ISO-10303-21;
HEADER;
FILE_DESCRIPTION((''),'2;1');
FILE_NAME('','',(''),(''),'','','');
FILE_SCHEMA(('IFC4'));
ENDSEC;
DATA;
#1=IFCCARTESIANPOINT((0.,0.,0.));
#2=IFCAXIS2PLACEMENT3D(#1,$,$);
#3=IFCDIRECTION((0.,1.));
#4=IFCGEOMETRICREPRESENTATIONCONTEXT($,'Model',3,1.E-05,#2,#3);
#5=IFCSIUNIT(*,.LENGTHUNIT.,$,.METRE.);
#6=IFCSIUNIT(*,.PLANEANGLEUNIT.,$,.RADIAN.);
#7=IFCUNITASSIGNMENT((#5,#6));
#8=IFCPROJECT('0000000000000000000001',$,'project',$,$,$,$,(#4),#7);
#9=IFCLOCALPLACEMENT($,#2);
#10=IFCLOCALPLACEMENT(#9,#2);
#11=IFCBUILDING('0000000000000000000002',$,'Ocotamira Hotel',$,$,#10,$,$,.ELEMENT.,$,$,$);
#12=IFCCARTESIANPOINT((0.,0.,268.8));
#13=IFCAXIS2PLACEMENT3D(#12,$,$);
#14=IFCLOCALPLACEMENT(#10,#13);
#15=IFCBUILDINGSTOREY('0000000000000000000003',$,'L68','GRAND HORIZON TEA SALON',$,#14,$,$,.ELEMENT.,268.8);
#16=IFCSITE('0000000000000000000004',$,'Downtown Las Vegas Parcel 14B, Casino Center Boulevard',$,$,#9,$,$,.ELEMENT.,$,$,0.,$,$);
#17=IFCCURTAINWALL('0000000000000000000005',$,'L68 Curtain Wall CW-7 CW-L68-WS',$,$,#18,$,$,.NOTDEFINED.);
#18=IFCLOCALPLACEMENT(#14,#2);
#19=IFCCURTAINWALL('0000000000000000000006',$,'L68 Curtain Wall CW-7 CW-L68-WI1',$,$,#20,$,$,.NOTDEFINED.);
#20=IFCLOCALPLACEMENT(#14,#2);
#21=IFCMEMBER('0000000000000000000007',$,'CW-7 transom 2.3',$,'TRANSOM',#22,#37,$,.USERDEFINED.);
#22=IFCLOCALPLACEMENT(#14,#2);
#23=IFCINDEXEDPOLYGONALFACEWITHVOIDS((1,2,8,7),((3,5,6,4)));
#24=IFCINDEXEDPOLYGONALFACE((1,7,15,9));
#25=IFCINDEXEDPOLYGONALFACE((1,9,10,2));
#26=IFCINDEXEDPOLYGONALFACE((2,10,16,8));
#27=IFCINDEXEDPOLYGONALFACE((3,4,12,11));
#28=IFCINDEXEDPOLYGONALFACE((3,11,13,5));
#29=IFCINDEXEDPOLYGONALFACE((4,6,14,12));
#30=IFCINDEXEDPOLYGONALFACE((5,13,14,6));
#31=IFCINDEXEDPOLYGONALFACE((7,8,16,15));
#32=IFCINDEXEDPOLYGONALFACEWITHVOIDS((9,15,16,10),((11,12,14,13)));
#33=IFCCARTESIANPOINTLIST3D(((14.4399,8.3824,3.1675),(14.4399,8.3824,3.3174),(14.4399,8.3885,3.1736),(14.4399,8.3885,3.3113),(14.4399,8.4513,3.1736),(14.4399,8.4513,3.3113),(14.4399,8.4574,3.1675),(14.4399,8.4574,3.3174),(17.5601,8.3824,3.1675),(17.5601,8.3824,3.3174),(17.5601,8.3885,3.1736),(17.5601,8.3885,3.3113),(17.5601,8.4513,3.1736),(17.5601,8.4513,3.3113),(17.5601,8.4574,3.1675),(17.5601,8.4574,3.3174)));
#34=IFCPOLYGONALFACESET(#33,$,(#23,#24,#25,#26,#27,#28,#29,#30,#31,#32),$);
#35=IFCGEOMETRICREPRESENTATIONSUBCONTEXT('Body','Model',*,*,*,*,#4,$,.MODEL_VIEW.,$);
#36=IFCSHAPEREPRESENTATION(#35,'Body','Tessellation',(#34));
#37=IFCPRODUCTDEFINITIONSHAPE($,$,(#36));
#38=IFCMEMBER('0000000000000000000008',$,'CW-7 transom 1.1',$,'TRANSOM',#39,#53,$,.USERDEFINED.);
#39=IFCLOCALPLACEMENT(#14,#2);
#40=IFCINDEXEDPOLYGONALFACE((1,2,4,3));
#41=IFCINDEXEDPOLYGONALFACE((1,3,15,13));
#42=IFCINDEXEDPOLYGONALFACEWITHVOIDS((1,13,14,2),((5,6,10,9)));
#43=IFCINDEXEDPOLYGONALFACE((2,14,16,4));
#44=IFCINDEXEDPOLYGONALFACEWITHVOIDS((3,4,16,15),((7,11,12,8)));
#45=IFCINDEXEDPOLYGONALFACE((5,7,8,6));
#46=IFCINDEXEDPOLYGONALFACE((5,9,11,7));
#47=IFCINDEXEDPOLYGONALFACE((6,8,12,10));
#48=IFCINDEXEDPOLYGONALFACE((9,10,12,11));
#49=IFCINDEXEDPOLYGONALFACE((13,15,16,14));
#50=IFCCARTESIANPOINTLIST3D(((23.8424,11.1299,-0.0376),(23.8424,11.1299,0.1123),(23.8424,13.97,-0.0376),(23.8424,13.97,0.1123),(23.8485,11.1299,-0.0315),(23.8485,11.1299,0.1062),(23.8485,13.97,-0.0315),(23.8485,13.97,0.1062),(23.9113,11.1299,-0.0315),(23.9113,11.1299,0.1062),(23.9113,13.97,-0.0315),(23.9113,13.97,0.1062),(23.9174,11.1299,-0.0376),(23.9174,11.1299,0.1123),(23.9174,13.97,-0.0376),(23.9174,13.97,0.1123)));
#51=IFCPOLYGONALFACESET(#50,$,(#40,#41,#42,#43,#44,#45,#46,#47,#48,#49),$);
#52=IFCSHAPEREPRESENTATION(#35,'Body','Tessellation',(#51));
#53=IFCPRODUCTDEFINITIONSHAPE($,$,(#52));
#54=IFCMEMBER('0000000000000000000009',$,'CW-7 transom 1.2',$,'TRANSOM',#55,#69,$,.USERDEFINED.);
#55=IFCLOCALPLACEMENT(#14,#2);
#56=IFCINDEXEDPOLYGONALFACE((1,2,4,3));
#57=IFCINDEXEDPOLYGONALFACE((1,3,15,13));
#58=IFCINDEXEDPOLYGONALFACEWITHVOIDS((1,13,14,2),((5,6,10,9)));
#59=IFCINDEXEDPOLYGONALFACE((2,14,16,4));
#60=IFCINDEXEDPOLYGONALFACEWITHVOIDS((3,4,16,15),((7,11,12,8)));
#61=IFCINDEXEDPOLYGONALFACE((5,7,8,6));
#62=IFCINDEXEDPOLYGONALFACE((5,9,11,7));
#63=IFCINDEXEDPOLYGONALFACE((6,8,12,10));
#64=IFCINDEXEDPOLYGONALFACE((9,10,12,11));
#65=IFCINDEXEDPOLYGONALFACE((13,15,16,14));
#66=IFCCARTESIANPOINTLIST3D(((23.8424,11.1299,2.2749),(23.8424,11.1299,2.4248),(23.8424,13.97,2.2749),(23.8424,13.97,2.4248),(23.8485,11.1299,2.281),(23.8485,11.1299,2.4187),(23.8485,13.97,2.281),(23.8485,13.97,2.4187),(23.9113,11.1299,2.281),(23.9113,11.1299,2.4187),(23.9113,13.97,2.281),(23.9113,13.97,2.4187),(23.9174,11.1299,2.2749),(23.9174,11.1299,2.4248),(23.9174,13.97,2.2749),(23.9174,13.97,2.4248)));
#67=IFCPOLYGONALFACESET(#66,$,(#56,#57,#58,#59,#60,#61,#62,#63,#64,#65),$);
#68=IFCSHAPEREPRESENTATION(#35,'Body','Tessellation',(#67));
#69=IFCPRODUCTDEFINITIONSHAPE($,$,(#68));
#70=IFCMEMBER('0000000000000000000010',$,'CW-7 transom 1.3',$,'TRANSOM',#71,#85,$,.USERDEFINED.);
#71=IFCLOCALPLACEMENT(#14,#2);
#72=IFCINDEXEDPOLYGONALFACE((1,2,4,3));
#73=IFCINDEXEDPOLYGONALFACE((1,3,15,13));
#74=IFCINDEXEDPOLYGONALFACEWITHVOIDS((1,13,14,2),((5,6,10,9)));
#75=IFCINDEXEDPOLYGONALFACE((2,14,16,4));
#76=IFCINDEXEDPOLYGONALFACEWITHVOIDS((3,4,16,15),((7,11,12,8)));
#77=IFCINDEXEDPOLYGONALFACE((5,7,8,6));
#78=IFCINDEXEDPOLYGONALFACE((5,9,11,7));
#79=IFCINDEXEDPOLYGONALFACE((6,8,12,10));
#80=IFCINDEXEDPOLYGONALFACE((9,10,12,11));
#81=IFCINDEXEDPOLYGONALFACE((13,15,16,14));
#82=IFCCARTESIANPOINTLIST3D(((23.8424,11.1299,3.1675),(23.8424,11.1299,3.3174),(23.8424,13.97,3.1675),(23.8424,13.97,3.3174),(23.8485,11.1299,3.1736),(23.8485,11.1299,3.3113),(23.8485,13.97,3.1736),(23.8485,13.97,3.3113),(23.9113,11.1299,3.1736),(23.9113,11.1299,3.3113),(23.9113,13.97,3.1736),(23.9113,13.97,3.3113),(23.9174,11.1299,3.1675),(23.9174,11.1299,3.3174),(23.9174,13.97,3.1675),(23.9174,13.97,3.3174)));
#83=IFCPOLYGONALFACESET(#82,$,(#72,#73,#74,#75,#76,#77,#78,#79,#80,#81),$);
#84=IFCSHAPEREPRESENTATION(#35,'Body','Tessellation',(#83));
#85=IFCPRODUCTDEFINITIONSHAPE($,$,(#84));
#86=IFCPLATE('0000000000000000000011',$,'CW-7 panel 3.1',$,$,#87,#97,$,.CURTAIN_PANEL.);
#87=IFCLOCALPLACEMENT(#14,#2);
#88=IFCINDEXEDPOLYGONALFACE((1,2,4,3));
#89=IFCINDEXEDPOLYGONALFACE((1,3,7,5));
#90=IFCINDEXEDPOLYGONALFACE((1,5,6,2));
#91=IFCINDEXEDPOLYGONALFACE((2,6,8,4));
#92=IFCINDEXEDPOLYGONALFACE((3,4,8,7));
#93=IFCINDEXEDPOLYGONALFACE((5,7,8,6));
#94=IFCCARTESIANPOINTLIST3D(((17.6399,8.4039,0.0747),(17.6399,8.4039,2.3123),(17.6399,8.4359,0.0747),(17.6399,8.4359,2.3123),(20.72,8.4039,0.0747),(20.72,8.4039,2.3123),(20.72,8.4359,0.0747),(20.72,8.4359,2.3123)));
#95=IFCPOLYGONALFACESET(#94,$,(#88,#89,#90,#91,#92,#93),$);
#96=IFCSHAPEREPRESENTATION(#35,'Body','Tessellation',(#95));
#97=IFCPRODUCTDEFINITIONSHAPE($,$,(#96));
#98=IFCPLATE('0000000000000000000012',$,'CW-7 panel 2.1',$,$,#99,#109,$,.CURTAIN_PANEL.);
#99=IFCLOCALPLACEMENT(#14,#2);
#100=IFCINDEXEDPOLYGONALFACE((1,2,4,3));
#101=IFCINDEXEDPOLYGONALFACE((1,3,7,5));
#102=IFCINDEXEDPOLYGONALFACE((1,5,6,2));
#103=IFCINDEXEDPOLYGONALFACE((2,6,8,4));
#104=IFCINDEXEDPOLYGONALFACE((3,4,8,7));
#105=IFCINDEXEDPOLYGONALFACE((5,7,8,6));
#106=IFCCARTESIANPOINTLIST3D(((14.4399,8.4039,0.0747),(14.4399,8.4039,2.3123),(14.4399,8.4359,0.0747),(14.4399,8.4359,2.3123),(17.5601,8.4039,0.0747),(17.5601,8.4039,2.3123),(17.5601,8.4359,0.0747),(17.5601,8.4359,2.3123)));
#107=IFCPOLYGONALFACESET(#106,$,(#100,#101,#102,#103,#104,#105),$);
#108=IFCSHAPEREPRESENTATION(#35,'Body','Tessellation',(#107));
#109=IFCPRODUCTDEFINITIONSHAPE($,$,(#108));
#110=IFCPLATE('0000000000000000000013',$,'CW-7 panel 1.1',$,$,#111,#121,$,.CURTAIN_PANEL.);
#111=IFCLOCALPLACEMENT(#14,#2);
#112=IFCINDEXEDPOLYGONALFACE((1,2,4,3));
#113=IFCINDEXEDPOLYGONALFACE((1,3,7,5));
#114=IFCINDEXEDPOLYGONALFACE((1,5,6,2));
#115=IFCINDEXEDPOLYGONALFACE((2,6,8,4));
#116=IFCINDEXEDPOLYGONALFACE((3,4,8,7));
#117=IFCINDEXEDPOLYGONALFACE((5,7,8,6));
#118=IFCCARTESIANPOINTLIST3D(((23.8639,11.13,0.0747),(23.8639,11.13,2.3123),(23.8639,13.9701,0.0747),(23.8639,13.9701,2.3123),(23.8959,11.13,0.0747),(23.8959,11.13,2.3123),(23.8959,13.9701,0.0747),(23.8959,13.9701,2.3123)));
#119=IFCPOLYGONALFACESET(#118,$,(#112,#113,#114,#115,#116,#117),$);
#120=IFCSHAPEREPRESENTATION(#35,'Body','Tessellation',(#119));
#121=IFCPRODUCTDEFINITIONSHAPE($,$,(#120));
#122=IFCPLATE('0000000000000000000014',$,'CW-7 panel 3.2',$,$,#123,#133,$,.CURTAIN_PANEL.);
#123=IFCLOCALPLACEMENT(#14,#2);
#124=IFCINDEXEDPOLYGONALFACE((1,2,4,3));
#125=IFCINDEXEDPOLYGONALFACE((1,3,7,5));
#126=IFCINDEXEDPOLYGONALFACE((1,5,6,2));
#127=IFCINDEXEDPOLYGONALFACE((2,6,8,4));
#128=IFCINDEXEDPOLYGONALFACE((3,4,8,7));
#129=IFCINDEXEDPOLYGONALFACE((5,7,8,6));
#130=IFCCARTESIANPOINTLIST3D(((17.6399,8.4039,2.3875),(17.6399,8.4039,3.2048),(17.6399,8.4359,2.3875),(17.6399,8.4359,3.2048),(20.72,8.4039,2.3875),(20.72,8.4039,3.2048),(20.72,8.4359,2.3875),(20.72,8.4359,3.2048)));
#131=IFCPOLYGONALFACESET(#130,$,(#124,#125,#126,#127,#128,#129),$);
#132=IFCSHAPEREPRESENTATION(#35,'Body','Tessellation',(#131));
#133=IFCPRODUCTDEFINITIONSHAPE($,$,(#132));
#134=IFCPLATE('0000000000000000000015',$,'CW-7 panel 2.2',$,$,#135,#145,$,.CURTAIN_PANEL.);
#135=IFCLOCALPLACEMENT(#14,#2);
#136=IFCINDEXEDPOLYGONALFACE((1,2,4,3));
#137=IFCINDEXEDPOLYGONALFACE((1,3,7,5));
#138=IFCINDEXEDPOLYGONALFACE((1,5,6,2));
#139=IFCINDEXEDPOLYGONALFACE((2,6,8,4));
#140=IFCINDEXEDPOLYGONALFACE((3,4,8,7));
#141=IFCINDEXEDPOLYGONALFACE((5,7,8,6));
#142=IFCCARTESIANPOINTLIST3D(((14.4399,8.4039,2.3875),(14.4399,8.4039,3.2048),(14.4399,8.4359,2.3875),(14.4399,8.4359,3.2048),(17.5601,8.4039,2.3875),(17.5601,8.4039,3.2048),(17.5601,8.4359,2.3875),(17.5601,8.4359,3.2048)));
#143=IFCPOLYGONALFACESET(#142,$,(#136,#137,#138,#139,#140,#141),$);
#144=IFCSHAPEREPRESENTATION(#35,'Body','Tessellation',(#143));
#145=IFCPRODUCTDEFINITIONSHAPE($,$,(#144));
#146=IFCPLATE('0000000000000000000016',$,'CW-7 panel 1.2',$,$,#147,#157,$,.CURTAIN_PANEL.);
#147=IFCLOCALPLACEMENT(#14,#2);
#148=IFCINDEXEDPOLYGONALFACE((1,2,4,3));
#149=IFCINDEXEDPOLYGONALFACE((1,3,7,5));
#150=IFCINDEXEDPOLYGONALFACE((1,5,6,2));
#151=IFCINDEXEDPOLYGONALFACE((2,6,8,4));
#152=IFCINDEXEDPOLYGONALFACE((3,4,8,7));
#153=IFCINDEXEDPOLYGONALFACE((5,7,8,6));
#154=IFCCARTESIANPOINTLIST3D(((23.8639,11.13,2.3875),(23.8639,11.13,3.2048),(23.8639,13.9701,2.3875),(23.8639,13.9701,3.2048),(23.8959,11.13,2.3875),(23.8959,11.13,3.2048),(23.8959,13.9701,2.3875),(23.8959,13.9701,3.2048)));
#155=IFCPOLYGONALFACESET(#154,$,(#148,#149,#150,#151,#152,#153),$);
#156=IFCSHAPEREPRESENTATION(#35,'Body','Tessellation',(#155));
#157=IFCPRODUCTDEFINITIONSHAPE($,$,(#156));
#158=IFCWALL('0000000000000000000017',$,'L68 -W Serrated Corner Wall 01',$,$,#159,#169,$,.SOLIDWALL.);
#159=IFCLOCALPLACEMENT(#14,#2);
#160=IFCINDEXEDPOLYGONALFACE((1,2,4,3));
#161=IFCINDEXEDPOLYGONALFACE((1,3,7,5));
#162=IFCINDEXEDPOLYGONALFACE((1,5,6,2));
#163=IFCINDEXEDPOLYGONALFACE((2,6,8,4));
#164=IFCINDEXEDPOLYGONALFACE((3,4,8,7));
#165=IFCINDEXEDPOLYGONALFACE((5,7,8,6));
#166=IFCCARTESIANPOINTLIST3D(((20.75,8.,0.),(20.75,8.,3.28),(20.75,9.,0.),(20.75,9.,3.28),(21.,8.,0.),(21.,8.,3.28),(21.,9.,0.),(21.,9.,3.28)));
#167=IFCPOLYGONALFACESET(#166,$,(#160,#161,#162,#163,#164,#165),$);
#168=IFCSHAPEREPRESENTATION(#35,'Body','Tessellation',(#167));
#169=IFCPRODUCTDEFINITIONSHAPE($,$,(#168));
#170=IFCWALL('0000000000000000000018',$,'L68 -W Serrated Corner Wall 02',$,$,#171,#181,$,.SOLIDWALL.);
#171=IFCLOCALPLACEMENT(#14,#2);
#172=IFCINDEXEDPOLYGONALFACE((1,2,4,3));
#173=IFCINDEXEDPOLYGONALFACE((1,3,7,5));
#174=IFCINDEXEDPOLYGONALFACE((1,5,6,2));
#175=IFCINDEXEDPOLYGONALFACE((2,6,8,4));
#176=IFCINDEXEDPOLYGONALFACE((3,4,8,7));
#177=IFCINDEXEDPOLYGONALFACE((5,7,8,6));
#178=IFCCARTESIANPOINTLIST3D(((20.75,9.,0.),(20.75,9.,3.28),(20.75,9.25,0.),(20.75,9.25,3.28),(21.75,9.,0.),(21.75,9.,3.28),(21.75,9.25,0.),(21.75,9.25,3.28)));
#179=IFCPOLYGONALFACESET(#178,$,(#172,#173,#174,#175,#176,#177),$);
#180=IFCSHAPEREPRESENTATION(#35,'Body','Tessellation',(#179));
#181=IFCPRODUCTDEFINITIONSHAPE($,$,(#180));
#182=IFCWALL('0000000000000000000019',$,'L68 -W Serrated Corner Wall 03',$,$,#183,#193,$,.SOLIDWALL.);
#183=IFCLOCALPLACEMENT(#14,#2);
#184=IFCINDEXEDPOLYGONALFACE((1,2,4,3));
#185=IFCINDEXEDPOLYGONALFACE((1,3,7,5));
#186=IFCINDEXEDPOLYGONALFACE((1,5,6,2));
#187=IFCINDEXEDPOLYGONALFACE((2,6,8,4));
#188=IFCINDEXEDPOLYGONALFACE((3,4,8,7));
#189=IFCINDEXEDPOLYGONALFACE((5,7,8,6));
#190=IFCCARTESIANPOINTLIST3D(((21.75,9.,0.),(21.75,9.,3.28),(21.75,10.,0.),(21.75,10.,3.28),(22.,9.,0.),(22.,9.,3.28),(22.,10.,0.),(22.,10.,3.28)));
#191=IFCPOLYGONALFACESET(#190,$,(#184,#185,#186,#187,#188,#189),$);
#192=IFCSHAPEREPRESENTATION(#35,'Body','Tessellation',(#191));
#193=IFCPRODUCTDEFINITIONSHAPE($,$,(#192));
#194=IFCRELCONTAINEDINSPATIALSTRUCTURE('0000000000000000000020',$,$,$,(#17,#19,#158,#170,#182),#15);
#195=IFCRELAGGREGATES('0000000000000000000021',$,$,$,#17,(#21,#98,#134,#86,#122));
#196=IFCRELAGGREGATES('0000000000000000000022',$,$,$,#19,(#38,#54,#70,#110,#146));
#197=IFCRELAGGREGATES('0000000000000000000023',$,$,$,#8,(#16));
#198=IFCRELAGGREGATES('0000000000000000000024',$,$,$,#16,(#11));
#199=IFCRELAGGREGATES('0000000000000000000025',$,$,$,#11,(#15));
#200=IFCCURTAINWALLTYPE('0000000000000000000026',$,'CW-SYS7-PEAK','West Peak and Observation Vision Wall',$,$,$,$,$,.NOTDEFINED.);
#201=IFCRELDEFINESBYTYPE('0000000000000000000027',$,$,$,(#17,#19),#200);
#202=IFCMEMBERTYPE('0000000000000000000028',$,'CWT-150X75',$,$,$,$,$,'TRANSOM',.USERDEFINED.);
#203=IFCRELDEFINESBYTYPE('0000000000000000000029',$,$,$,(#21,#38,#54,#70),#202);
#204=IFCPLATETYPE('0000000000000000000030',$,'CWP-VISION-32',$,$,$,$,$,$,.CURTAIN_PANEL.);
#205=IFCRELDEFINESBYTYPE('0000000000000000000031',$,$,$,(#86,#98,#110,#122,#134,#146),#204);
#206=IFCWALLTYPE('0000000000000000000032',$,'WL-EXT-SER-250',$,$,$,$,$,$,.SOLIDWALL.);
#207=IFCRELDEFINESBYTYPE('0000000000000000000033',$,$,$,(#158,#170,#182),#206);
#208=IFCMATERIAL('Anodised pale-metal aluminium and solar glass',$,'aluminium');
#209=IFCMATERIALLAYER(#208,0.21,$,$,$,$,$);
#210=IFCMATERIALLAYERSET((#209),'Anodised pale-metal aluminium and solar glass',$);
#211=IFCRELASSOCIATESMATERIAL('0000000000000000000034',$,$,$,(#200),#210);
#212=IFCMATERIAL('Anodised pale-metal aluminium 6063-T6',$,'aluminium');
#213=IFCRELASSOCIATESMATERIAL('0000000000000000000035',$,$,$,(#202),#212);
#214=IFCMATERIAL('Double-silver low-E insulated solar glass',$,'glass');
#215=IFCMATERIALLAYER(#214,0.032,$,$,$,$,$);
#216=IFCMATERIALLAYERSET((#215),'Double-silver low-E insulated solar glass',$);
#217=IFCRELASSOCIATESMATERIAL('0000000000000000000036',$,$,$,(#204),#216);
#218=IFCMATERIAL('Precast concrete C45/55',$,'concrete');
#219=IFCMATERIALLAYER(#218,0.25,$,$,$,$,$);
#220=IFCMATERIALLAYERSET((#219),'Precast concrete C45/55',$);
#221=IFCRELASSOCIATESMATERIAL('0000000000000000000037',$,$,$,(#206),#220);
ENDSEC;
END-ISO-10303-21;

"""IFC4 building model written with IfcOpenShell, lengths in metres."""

from ifc_helpers import new_model, si_unit, direction, frame, frame_2d, origin, origin_2d, place, context, subcontext, project, spatial, rectangle, hollow_rectangle, extrude, source, transform, mapped, material, layer, layer_set, material_profile, profile_set, type_object, element, aggregate, save


model = new_model("IFC4")

# Units and contexts
model_context = context("Model", 3, precision=1e-05, world=origin(), true_north=direction((0.0, 1.0)))
body_context = subcontext(model_context, "Body", "Model", "MODEL_VIEW")
ifc_project = project(units=[si_unit("LENGTHUNIT", "METRE"), si_unit("PLANEANGLEUNIT", "RADIAN")], contexts=[model_context])

# Site, building, storey
site_placement = place(None, origin())
site = spatial("IfcSite", under=ifc_project, at=site_placement, Name="Downtown Las Vegas Parcel 14B, Casino Center Boulevard", CompositionType="ELEMENT", RefElevation=0.0)
building_placement = place(site_placement, origin())
building = spatial("IfcBuilding", under=site, at=building_placement, Name="Ocotamira Hotel", CompositionType="ELEMENT")
storey_placement = place(building_placement, frame((0.0, 0.0, 268.8)))
storey = spatial("IfcBuildingStorey", under=building, at=storey_placement, Name="L68", Description="GRAND HORIZON TEA SALON", CompositionType="ELEMENT", Elevation=268.8)

# Curtain wall
ifc_material_1 = material(Name="Anodised pale-metal aluminium and solar glass", Category="aluminium")
ifc_layer_1 = layer(ifc_material_1, 0.21)
ifc_layer_set_1 = layer_set([ifc_layer_1], Name="Anodised pale-metal aluminium and solar glass")
curtain_wall_type = type_object("IfcCurtainWallType", Name="CW-SYS7-PEAK", Description="West Peak and Observation Vision Wall", PredefinedType="NOTDEFINED", material=ifc_layer_set_1)
curtain_wall_1_placement = place(storey_placement, origin())
curtain_wall_1 = element("IfcCurtainWall", 1, at=curtain_wall_1_placement, inside=storey, type_object=curtain_wall_type, Name="L68 Curtain Wall CW-7 CW-L68-WS", PredefinedType="NOTDEFINED")
ifc_material_2 = material(Name="Anodised pale-metal aluminium 6063-T6", Category="aluminium")

# Curtain wall
curtain_wall_2_placement = place(storey_placement, origin())
curtain_wall_2 = element("IfcCurtainWall", 2, at=curtain_wall_2_placement, inside=storey, type_object=curtain_wall_type, Name="L68 Curtain Wall CW-7 CW-L68-WI1", PredefinedType="NOTDEFINED")

# Members
ifc_material_profile_1 = material_profile(ifc_material_2, hollow_rectangle(XDim=0.075, YDim=0.1499, WallThickness=0.0061, at=origin_2d()), Name="HSS150X75X6")
ifc_profile_set_1 = profile_set([ifc_material_profile_1], Name="Anodised pale-metal aluminium 6063-T6")
member_type_1 = type_object("IfcMemberType", Name="CWT-150X75", ElementType="TRANSOM", PredefinedType="USERDEFINED", material=ifc_profile_set_1)
shared_shape_1 = source(origin(), body_context, "Body", "SweptSolid", [
    extrude(hollow_rectangle(XDim=0.075, YDim=0.1499, WallThickness=0.0061, at=origin_2d()), origin(), (0.0, 0.0, 1.0), 3.1201),
])
member_1_placement = place(storey_placement, frame((14.4399, 8.4199, 3.2424), z_axis=(1.0, 0.0, 0.0), x_axis=(0.0, 1.0, 0.0)))
member_1 = element("IfcMember", 3, at=member_1_placement, type_object=member_type_1, Name="CW-7 transom 2.3", ObjectType="TRANSOM", PredefinedType="USERDEFINED", context=body_context, shape_type="MappedRepresentation", body=[
    mapped(shared_shape_1, transform((0.0, 0.0, 0.0), scale=1.0)),
])
shared_shape_2 = source(origin(), body_context, "Body", "SweptSolid", [
    extrude(hollow_rectangle(XDim=0.075, YDim=0.1499, WallThickness=0.0061, at=origin_2d()), origin(), (0.0, 0.0, 1.0), 2.8401),
])
member_2_placement = place(storey_placement, frame((23.8799, 11.1299, 0.0374), z_axis=(0.0, 1.0, 0.0), x_axis=(-1.0, 0.0, 0.0)))
member_2 = element("IfcMember", 4, at=member_2_placement, type_object=member_type_1, Name="CW-7 transom 1.1", ObjectType="TRANSOM", PredefinedType="USERDEFINED", context=body_context, shape_type="MappedRepresentation", body=[
    mapped(shared_shape_2, transform((0.0, 0.0, 0.0), scale=1.0)),
])
member_3_placement = place(storey_placement, frame((23.8799, 11.1299, 2.3499), z_axis=(0.0, 1.0, 0.0), x_axis=(-1.0, 0.0, 0.0)))
member_3 = element("IfcMember", 5, at=member_3_placement, type_object=member_type_1, Name="CW-7 transom 1.2", ObjectType="TRANSOM", PredefinedType="USERDEFINED", context=body_context, shape_type="MappedRepresentation", body=[
    mapped(shared_shape_2, transform((0.0, 0.0, 0.0), scale=1.0)),
])
member_4_placement = place(storey_placement, frame((23.8799, 11.1299, 3.2424), z_axis=(0.0, 1.0, 0.0), x_axis=(-1.0, 0.0, 0.0)))
member_4 = element("IfcMember", 6, at=member_4_placement, type_object=member_type_1, Name="CW-7 transom 1.3", ObjectType="TRANSOM", PredefinedType="USERDEFINED", context=body_context, shape_type="MappedRepresentation", body=[
    mapped(shared_shape_2, transform((0.0, 0.0, 0.0), scale=1.0)),
])

# Plates
ifc_material_3 = material(Name="Double-silver low-E insulated solar glass", Category="glass")
ifc_layer_2 = layer(ifc_material_3, 0.032)
ifc_layer_set_2 = layer_set([ifc_layer_2], Name="Double-silver low-E insulated solar glass")
plate_type = type_object("IfcPlateType", Name="CWP-VISION-32", PredefinedType="CURTAIN_PANEL", material=ifc_layer_set_2)
shared_shape_3 = source(origin(), body_context, "Body", "SweptSolid", [
    extrude(rectangle(XDim=3.0801, YDim=0.032, at=origin_2d()), origin(), (0.0, 0.0, 1.0), 2.2375),
])
plate_1_placement = place(storey_placement, frame((19.1799, 8.4199, 0.0747), z_axis=(0.0, 0.0, 1.0), x_axis=(1.0, 0.0, 0.0)))
plate_1 = element("IfcPlate", 7, at=plate_1_placement, type_object=plate_type, Name="CW-7 panel 3.1", PredefinedType="CURTAIN_PANEL", context=body_context, shape_type="MappedRepresentation", body=[
    mapped(shared_shape_3, transform((0.0, 0.0, 0.0), scale=1.0)),
])
shared_shape_4 = source(origin(), body_context, "Body", "SweptSolid", [
    extrude(rectangle(XDim=3.1201, YDim=0.032, at=origin_2d()), origin(), (0.0, 0.0, 1.0), 2.2375),
])
plate_2_placement = place(storey_placement, frame((16.0, 8.4199, 0.0747), z_axis=(0.0, 0.0, 1.0), x_axis=(1.0, 0.0, 0.0)))
plate_2 = element("IfcPlate", 8, at=plate_2_placement, type_object=plate_type, Name="CW-7 panel 2.1", PredefinedType="CURTAIN_PANEL", context=body_context, shape_type="MappedRepresentation", body=[
    mapped(shared_shape_4, transform((0.0, 0.0, 0.0), scale=1.0)),
])
shared_shape_5 = source(origin(), body_context, "Body", "SweptSolid", [
    extrude(rectangle(XDim=2.8401, YDim=0.032, at=origin_2d()), origin(), (0.0, 0.0, 1.0), 2.2375),
])
plate_3_placement = place(storey_placement, frame((23.8799, 12.55, 0.0747), z_axis=(0.0, 0.0, 1.0), x_axis=(0.0, 1.0, 0.0)))
plate_3 = element("IfcPlate", 9, at=plate_3_placement, type_object=plate_type, Name="CW-7 panel 1.1", PredefinedType="CURTAIN_PANEL", context=body_context, shape_type="MappedRepresentation", body=[
    mapped(shared_shape_5, transform((0.0, 0.0, 0.0), scale=1.0)),
])
shared_shape_6 = source(origin(), body_context, "Body", "SweptSolid", [
    extrude(rectangle(XDim=3.0801, YDim=0.032, at=origin_2d()), origin(), (0.0, 0.0, 1.0), 0.8174),
])
plate_4_placement = place(storey_placement, frame((19.1799, 8.4199, 2.3875), z_axis=(0.0, 0.0, 1.0), x_axis=(1.0, 0.0, 0.0)))
plate_4 = element("IfcPlate", 10, at=plate_4_placement, type_object=plate_type, Name="CW-7 panel 3.2", PredefinedType="CURTAIN_PANEL", context=body_context, shape_type="MappedRepresentation", body=[
    mapped(shared_shape_6, transform((0.0, 0.0, 0.0), scale=1.0)),
])
shared_shape_7 = source(origin(), body_context, "Body", "SweptSolid", [
    extrude(rectangle(XDim=3.1201, YDim=0.032, at=origin_2d()), origin(), (0.0, 0.0, 1.0), 0.8174),
])
plate_5_placement = place(storey_placement, frame((16.0, 8.4199, 2.3875), z_axis=(0.0, 0.0, 1.0), x_axis=(1.0, 0.0, 0.0)))
plate_5 = element("IfcPlate", 11, at=plate_5_placement, type_object=plate_type, Name="CW-7 panel 2.2", PredefinedType="CURTAIN_PANEL", context=body_context, shape_type="MappedRepresentation", body=[
    mapped(shared_shape_7, transform((0.0, 0.0, 0.0), scale=1.0)),
])
aggregate(curtain_wall_1, [member_1, plate_2, plate_5, plate_1, plate_4])
shared_shape_8 = source(origin(), body_context, "Body", "SweptSolid", [
    extrude(rectangle(XDim=2.8401, YDim=0.032, at=origin_2d()), origin(), (0.0, 0.0, 1.0), 0.8174),
])
plate_6_placement = place(storey_placement, frame((23.8799, 12.55, 2.3875), z_axis=(0.0, 0.0, 1.0), x_axis=(0.0, 1.0, 0.0)))
plate_6 = element("IfcPlate", 12, at=plate_6_placement, type_object=plate_type, Name="CW-7 panel 1.2", PredefinedType="CURTAIN_PANEL", context=body_context, shape_type="MappedRepresentation", body=[
    mapped(shared_shape_8, transform((0.0, 0.0, 0.0), scale=1.0)),
])
aggregate(curtain_wall_2, [member_2, member_3, member_4, plate_3, plate_6])

# Walls
ifc_material_4 = material(Name="Precast concrete C45/55", Category="concrete")
ifc_layer_3 = layer(ifc_material_4, 0.25)
ifc_layer_set_3 = layer_set([ifc_layer_3], Name="Precast concrete C45/55")
wall_type_1 = type_object("IfcWallType", Name="WL-EXT-SER-250", PredefinedType="SOLIDWALL", material=ifc_layer_set_3)
for number, where, z_axis, x_axis, name in (
    (13, (20.875, 8.0, 0.0), (0.0, 0.0, 1.0), (0.0, 1.0, 0.0), "L68 -W Serrated Corner Wall 01"),
    (14, (20.75, 9.125, 0.0), (0.0, 0.0, 1.0), (1.0, 0.0, 0.0), "L68 -W Serrated Corner Wall 02"),
    (15, (21.875, 9.0, 0.0), (0.0, 0.0, 1.0), (0.0, 1.0, 0.0), "L68 -W Serrated Corner Wall 03"),
):
    element("IfcWall", number, at=place(storey_placement, frame(where, z_axis=z_axis, x_axis=x_axis)), inside=storey, type_object=wall_type_1, Name=name, PredefinedType="SOLIDWALL", context=body_context, shape_type="SweptSolid", body=[
        extrude(rectangle(XDim=1.0, YDim=0.25, at=frame_2d((0.5, 0.0))), origin(), (0.0, 0.0, 1.0), 3.28),
    ])

save(model, "model.ifc")
